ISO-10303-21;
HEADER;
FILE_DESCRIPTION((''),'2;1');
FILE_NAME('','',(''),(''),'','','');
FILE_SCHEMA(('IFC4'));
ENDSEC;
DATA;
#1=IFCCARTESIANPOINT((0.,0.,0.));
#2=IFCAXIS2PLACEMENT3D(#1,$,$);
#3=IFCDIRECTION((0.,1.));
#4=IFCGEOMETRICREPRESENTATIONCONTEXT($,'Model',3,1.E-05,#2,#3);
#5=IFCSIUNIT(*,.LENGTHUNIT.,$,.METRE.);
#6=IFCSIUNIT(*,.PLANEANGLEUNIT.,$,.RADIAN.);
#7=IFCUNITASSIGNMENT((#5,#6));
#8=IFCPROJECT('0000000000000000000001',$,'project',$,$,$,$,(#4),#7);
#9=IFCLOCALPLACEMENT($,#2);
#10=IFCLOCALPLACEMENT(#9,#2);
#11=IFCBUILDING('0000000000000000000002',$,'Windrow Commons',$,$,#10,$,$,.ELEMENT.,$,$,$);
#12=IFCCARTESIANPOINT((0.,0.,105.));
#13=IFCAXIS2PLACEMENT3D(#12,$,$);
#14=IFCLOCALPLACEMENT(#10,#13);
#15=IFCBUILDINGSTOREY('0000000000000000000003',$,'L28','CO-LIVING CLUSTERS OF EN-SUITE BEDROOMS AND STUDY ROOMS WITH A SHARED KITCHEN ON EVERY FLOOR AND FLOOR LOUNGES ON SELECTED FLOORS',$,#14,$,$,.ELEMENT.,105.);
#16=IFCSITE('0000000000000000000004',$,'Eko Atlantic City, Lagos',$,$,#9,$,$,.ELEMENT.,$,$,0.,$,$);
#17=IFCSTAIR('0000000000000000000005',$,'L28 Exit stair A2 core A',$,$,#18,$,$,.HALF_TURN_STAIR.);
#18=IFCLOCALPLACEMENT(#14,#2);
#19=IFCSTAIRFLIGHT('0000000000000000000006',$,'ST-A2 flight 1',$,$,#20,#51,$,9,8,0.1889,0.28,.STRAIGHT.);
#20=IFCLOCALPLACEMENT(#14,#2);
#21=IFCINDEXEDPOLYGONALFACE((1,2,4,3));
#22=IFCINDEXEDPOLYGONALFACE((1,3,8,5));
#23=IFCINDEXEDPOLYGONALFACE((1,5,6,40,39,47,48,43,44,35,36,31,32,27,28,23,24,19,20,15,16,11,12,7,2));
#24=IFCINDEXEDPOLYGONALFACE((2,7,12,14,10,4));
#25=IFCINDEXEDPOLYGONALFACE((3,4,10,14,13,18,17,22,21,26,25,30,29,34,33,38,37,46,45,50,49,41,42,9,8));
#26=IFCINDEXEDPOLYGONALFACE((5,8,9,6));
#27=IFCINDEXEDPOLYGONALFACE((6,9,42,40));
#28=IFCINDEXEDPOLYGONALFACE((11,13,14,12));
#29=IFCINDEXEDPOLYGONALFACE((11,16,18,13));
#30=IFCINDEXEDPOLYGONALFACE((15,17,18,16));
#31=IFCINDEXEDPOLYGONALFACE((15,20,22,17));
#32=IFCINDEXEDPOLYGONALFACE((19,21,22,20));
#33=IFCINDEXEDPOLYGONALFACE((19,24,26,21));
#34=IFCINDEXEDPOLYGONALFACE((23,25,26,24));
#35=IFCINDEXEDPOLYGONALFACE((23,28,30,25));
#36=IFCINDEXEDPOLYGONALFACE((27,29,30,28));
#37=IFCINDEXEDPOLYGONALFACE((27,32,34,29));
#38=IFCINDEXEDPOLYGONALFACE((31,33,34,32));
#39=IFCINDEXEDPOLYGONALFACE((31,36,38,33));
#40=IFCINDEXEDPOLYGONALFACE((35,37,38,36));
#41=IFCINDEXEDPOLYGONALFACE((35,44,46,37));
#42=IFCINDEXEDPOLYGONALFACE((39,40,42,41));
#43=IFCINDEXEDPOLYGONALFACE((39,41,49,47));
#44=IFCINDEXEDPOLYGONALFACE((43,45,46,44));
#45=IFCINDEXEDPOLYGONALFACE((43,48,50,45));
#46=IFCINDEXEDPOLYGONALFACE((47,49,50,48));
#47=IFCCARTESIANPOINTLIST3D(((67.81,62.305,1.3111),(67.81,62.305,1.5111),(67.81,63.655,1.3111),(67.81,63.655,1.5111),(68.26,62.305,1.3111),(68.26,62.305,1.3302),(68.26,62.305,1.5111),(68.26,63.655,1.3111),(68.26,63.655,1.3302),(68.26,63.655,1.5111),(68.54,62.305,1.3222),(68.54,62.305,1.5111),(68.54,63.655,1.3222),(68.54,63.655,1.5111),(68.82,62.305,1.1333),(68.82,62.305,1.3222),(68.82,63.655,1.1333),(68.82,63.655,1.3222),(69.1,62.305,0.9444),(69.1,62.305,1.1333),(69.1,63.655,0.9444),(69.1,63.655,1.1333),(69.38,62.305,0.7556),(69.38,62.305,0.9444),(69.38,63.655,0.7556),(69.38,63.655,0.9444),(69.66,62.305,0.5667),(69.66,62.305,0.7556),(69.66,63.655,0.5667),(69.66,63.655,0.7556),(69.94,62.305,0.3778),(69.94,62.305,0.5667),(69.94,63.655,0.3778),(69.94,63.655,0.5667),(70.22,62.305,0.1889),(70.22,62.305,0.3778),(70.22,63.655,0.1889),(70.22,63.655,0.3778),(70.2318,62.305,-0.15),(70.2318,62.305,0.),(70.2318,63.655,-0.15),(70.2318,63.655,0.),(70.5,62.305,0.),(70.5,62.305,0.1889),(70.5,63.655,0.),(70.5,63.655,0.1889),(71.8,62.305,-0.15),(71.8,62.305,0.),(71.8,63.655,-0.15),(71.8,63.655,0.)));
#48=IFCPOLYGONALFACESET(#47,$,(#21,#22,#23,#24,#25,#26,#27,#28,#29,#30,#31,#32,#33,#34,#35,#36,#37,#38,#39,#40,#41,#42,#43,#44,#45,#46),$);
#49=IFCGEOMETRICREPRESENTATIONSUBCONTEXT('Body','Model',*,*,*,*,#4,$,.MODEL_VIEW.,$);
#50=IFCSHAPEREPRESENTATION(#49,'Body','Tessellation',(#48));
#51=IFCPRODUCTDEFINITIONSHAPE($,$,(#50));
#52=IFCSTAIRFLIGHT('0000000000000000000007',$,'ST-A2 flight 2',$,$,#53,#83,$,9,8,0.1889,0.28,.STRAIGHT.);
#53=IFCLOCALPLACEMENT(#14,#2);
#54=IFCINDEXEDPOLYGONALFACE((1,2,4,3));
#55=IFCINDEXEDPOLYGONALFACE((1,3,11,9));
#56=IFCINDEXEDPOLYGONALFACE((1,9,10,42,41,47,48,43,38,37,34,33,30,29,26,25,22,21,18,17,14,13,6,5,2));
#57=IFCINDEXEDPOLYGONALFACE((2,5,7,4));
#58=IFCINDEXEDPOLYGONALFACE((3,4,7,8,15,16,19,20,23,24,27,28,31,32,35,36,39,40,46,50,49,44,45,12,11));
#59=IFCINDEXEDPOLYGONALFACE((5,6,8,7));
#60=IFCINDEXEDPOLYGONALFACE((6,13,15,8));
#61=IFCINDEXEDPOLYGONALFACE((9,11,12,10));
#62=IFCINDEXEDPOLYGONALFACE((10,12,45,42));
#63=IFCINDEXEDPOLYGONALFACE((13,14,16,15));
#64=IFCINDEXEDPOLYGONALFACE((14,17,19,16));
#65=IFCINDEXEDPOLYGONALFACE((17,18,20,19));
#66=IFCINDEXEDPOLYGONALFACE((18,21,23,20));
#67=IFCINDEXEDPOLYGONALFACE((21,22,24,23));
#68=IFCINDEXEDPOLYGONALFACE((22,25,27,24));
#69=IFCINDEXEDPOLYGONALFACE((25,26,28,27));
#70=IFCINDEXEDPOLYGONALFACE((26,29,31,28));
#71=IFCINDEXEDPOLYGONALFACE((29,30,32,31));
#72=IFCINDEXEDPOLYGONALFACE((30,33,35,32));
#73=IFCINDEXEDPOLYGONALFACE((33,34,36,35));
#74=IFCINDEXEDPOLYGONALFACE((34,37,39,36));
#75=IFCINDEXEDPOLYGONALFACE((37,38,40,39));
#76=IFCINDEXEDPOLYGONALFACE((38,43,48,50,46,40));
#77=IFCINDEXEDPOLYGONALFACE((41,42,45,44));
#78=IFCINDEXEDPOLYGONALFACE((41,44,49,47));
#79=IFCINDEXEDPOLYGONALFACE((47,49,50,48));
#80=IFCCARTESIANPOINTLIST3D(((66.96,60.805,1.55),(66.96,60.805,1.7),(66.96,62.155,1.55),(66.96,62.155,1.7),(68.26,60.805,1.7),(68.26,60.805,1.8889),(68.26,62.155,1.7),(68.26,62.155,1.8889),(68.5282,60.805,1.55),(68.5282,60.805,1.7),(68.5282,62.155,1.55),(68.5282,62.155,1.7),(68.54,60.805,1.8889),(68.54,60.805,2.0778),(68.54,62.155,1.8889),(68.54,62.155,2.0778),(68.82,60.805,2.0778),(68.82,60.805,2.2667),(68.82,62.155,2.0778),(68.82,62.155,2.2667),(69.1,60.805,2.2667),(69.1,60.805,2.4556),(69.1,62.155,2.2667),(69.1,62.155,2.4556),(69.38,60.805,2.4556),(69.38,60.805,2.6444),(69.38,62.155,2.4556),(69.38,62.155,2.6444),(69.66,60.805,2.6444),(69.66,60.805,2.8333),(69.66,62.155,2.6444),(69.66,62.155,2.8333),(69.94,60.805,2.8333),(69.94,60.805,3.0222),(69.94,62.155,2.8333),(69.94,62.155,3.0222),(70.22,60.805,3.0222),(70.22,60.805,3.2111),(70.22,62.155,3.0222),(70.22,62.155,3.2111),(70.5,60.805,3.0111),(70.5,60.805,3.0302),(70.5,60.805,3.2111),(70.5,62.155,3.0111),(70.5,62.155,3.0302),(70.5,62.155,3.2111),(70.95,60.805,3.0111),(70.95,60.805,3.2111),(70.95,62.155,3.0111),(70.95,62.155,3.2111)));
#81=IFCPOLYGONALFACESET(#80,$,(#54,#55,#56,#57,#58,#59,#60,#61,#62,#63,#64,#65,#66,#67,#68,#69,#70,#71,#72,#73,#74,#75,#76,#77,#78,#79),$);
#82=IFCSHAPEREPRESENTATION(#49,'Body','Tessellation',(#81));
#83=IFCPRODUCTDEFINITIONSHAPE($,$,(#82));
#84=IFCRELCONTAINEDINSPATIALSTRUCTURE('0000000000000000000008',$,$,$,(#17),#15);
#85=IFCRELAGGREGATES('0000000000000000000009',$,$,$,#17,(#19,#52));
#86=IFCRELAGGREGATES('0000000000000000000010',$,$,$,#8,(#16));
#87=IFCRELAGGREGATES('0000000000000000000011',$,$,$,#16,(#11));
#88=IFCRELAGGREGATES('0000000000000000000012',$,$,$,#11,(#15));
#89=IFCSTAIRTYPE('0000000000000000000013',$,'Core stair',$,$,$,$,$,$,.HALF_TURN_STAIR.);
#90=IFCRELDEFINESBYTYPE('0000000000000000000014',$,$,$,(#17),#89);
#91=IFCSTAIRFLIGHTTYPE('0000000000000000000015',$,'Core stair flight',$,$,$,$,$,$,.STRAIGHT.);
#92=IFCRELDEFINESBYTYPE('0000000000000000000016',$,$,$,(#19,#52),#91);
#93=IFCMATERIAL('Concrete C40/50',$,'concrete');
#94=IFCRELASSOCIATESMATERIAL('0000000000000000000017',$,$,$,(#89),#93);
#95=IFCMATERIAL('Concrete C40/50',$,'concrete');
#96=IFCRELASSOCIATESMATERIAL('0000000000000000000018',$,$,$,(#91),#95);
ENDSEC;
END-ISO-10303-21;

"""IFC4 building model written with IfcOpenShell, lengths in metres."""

from ifc_helpers import new_model, si_unit, direction, frame, origin, place, context, subcontext, project, spatial, polyline, outline, extrude, material, type_object, element, aggregate, save


model = new_model("IFC4")

# Units and contexts
model_context = context("Model", 3, precision=1e-05, world=origin(), true_north=direction((0.0, 1.0)))
body_context = subcontext(model_context, "Body", "Model", "MODEL_VIEW")
ifc_project = project(units=[si_unit("LENGTHUNIT", "METRE"), si_unit("PLANEANGLEUNIT", "RADIAN")], contexts=[model_context])

# Site, building, storey
site_placement = place(None, origin())
site = spatial("IfcSite", under=ifc_project, at=site_placement, Name="Eko Atlantic City, Lagos", CompositionType="ELEMENT", RefElevation=0.0)
building_placement = place(site_placement, origin())
building = spatial("IfcBuilding", under=site, at=building_placement, Name="Windrow Commons", CompositionType="ELEMENT")
storey_placement = place(building_placement, frame((0.0, 0.0, 105.0)))
storey = spatial("IfcBuildingStorey", under=building, at=storey_placement, Name="L28", Description="CO-LIVING CLUSTERS OF EN-SUITE BEDROOMS AND STUDY ROOMS WITH A SHARED KITCHEN ON EVERY FLOOR AND FLOOR LOUNGES ON SELECTED FLOORS", CompositionType="ELEMENT", Elevation=105.0)

# Shared definitions
ifc_material_1 = material(Name="Concrete C40/50", Category="concrete")
stair_type = type_object("IfcStairType", Name="Core stair", PredefinedType="HALF_TURN_STAIR", material=ifc_material_1)
placement = place(storey_placement, origin())
ifc_material_2 = material(Name="Concrete C40/50", Category="concrete")
stair_flight_type = type_object("IfcStairFlightType", Name="Core stair flight", PredefinedType="STRAIGHT", material=ifc_material_2)

# Stair, stair flights
stair_1 = element("IfcStair", 1, at=placement, inside=storey, type_object=stair_type, Name="L28 Exit stair A2 core A", PredefinedType="HALF_TURN_STAIR")
stair_flight_1_placement = place(storey_placement, frame((70.5, 62.98, 0.0), z_axis=(0.0, 0.0, 1.0), x_axis=(-1.0, 0.0, 0.0)))
stair_flight_1 = element("IfcStairFlight", 2, at=stair_flight_1_placement, type_object=stair_flight_type, Name="ST-A2 flight 1", NumberOfRisers=9, NumberOfTreads=8, PredefinedType="STRAIGHT", RiserHeight=0.1889, TreadLength=0.28, context=body_context, shape_type="SweptSolid", body=[
    extrude(outline(polyline([(-1.3, -0.15), (-1.3, 0.0), (0.0, 0.0), (0.0, 0.1889), (0.28, 0.1889), (0.28, 0.3778), (0.56, 0.3778), (0.56, 0.5667), (0.84, 0.5667), (0.84, 0.7556), (1.12, 0.7556), (1.12, 0.9444), (1.4, 0.9444), (1.4, 1.1333), (1.68, 1.1333), (1.68, 1.3222), (1.96, 1.3222), (1.96, 1.5111), (2.24, 1.5111), (2.69, 1.5111), (2.69, 1.3111), (2.24, 1.3111), (2.24, 1.3302), (0.2682, 0.0), (0.2682, -0.15), (-1.3, -0.15)])), frame((0.0, 0.675, 0.0), z_axis=(0.0, -1.0, 0.0), x_axis=(1.0, 0.0, 0.0)), (0.0, 0.0, 1.0), 1.35),
])
stair_flight_2_placement = place(storey_placement, frame((68.26, 61.48, 1.7), z_axis=(0.0, 0.0, 1.0), x_axis=(1.0, 0.0, 0.0)))
stair_flight_2 = element("IfcStairFlight", 3, at=stair_flight_2_placement, type_object=stair_flight_type, Name="ST-A2 flight 2", NumberOfRisers=9, NumberOfTreads=8, PredefinedType="STRAIGHT", RiserHeight=0.1889, TreadLength=0.28, context=body_context, shape_type="SweptSolid", body=[
    extrude(outline(polyline([(-1.3, -0.15), (-1.3, 0.0), (0.0, 0.0), (0.0, 0.1889), (0.28, 0.1889), (0.28, 0.3778), (0.56, 0.3778), (0.56, 0.5667), (0.84, 0.5667), (0.84, 0.7556), (1.12, 0.7556), (1.12, 0.9444), (1.4, 0.9444), (1.4, 1.1333), (1.68, 1.1333), (1.68, 1.3222), (1.96, 1.3222), (1.96, 1.5111), (2.24, 1.5111), (2.69, 1.5111), (2.69, 1.3111), (2.24, 1.3111), (2.24, 1.3302), (0.2682, 0.0), (0.2682, -0.15), (-1.3, -0.15)])), frame((0.0, 0.675, 0.0), z_axis=(0.0, -1.0, 0.0), x_axis=(1.0, 0.0, 0.0)), (0.0, 0.0, 1.0), 1.35),
])
aggregate(stair_1, [stair_flight_1, stair_flight_2])

save(model, "model.ifc")
